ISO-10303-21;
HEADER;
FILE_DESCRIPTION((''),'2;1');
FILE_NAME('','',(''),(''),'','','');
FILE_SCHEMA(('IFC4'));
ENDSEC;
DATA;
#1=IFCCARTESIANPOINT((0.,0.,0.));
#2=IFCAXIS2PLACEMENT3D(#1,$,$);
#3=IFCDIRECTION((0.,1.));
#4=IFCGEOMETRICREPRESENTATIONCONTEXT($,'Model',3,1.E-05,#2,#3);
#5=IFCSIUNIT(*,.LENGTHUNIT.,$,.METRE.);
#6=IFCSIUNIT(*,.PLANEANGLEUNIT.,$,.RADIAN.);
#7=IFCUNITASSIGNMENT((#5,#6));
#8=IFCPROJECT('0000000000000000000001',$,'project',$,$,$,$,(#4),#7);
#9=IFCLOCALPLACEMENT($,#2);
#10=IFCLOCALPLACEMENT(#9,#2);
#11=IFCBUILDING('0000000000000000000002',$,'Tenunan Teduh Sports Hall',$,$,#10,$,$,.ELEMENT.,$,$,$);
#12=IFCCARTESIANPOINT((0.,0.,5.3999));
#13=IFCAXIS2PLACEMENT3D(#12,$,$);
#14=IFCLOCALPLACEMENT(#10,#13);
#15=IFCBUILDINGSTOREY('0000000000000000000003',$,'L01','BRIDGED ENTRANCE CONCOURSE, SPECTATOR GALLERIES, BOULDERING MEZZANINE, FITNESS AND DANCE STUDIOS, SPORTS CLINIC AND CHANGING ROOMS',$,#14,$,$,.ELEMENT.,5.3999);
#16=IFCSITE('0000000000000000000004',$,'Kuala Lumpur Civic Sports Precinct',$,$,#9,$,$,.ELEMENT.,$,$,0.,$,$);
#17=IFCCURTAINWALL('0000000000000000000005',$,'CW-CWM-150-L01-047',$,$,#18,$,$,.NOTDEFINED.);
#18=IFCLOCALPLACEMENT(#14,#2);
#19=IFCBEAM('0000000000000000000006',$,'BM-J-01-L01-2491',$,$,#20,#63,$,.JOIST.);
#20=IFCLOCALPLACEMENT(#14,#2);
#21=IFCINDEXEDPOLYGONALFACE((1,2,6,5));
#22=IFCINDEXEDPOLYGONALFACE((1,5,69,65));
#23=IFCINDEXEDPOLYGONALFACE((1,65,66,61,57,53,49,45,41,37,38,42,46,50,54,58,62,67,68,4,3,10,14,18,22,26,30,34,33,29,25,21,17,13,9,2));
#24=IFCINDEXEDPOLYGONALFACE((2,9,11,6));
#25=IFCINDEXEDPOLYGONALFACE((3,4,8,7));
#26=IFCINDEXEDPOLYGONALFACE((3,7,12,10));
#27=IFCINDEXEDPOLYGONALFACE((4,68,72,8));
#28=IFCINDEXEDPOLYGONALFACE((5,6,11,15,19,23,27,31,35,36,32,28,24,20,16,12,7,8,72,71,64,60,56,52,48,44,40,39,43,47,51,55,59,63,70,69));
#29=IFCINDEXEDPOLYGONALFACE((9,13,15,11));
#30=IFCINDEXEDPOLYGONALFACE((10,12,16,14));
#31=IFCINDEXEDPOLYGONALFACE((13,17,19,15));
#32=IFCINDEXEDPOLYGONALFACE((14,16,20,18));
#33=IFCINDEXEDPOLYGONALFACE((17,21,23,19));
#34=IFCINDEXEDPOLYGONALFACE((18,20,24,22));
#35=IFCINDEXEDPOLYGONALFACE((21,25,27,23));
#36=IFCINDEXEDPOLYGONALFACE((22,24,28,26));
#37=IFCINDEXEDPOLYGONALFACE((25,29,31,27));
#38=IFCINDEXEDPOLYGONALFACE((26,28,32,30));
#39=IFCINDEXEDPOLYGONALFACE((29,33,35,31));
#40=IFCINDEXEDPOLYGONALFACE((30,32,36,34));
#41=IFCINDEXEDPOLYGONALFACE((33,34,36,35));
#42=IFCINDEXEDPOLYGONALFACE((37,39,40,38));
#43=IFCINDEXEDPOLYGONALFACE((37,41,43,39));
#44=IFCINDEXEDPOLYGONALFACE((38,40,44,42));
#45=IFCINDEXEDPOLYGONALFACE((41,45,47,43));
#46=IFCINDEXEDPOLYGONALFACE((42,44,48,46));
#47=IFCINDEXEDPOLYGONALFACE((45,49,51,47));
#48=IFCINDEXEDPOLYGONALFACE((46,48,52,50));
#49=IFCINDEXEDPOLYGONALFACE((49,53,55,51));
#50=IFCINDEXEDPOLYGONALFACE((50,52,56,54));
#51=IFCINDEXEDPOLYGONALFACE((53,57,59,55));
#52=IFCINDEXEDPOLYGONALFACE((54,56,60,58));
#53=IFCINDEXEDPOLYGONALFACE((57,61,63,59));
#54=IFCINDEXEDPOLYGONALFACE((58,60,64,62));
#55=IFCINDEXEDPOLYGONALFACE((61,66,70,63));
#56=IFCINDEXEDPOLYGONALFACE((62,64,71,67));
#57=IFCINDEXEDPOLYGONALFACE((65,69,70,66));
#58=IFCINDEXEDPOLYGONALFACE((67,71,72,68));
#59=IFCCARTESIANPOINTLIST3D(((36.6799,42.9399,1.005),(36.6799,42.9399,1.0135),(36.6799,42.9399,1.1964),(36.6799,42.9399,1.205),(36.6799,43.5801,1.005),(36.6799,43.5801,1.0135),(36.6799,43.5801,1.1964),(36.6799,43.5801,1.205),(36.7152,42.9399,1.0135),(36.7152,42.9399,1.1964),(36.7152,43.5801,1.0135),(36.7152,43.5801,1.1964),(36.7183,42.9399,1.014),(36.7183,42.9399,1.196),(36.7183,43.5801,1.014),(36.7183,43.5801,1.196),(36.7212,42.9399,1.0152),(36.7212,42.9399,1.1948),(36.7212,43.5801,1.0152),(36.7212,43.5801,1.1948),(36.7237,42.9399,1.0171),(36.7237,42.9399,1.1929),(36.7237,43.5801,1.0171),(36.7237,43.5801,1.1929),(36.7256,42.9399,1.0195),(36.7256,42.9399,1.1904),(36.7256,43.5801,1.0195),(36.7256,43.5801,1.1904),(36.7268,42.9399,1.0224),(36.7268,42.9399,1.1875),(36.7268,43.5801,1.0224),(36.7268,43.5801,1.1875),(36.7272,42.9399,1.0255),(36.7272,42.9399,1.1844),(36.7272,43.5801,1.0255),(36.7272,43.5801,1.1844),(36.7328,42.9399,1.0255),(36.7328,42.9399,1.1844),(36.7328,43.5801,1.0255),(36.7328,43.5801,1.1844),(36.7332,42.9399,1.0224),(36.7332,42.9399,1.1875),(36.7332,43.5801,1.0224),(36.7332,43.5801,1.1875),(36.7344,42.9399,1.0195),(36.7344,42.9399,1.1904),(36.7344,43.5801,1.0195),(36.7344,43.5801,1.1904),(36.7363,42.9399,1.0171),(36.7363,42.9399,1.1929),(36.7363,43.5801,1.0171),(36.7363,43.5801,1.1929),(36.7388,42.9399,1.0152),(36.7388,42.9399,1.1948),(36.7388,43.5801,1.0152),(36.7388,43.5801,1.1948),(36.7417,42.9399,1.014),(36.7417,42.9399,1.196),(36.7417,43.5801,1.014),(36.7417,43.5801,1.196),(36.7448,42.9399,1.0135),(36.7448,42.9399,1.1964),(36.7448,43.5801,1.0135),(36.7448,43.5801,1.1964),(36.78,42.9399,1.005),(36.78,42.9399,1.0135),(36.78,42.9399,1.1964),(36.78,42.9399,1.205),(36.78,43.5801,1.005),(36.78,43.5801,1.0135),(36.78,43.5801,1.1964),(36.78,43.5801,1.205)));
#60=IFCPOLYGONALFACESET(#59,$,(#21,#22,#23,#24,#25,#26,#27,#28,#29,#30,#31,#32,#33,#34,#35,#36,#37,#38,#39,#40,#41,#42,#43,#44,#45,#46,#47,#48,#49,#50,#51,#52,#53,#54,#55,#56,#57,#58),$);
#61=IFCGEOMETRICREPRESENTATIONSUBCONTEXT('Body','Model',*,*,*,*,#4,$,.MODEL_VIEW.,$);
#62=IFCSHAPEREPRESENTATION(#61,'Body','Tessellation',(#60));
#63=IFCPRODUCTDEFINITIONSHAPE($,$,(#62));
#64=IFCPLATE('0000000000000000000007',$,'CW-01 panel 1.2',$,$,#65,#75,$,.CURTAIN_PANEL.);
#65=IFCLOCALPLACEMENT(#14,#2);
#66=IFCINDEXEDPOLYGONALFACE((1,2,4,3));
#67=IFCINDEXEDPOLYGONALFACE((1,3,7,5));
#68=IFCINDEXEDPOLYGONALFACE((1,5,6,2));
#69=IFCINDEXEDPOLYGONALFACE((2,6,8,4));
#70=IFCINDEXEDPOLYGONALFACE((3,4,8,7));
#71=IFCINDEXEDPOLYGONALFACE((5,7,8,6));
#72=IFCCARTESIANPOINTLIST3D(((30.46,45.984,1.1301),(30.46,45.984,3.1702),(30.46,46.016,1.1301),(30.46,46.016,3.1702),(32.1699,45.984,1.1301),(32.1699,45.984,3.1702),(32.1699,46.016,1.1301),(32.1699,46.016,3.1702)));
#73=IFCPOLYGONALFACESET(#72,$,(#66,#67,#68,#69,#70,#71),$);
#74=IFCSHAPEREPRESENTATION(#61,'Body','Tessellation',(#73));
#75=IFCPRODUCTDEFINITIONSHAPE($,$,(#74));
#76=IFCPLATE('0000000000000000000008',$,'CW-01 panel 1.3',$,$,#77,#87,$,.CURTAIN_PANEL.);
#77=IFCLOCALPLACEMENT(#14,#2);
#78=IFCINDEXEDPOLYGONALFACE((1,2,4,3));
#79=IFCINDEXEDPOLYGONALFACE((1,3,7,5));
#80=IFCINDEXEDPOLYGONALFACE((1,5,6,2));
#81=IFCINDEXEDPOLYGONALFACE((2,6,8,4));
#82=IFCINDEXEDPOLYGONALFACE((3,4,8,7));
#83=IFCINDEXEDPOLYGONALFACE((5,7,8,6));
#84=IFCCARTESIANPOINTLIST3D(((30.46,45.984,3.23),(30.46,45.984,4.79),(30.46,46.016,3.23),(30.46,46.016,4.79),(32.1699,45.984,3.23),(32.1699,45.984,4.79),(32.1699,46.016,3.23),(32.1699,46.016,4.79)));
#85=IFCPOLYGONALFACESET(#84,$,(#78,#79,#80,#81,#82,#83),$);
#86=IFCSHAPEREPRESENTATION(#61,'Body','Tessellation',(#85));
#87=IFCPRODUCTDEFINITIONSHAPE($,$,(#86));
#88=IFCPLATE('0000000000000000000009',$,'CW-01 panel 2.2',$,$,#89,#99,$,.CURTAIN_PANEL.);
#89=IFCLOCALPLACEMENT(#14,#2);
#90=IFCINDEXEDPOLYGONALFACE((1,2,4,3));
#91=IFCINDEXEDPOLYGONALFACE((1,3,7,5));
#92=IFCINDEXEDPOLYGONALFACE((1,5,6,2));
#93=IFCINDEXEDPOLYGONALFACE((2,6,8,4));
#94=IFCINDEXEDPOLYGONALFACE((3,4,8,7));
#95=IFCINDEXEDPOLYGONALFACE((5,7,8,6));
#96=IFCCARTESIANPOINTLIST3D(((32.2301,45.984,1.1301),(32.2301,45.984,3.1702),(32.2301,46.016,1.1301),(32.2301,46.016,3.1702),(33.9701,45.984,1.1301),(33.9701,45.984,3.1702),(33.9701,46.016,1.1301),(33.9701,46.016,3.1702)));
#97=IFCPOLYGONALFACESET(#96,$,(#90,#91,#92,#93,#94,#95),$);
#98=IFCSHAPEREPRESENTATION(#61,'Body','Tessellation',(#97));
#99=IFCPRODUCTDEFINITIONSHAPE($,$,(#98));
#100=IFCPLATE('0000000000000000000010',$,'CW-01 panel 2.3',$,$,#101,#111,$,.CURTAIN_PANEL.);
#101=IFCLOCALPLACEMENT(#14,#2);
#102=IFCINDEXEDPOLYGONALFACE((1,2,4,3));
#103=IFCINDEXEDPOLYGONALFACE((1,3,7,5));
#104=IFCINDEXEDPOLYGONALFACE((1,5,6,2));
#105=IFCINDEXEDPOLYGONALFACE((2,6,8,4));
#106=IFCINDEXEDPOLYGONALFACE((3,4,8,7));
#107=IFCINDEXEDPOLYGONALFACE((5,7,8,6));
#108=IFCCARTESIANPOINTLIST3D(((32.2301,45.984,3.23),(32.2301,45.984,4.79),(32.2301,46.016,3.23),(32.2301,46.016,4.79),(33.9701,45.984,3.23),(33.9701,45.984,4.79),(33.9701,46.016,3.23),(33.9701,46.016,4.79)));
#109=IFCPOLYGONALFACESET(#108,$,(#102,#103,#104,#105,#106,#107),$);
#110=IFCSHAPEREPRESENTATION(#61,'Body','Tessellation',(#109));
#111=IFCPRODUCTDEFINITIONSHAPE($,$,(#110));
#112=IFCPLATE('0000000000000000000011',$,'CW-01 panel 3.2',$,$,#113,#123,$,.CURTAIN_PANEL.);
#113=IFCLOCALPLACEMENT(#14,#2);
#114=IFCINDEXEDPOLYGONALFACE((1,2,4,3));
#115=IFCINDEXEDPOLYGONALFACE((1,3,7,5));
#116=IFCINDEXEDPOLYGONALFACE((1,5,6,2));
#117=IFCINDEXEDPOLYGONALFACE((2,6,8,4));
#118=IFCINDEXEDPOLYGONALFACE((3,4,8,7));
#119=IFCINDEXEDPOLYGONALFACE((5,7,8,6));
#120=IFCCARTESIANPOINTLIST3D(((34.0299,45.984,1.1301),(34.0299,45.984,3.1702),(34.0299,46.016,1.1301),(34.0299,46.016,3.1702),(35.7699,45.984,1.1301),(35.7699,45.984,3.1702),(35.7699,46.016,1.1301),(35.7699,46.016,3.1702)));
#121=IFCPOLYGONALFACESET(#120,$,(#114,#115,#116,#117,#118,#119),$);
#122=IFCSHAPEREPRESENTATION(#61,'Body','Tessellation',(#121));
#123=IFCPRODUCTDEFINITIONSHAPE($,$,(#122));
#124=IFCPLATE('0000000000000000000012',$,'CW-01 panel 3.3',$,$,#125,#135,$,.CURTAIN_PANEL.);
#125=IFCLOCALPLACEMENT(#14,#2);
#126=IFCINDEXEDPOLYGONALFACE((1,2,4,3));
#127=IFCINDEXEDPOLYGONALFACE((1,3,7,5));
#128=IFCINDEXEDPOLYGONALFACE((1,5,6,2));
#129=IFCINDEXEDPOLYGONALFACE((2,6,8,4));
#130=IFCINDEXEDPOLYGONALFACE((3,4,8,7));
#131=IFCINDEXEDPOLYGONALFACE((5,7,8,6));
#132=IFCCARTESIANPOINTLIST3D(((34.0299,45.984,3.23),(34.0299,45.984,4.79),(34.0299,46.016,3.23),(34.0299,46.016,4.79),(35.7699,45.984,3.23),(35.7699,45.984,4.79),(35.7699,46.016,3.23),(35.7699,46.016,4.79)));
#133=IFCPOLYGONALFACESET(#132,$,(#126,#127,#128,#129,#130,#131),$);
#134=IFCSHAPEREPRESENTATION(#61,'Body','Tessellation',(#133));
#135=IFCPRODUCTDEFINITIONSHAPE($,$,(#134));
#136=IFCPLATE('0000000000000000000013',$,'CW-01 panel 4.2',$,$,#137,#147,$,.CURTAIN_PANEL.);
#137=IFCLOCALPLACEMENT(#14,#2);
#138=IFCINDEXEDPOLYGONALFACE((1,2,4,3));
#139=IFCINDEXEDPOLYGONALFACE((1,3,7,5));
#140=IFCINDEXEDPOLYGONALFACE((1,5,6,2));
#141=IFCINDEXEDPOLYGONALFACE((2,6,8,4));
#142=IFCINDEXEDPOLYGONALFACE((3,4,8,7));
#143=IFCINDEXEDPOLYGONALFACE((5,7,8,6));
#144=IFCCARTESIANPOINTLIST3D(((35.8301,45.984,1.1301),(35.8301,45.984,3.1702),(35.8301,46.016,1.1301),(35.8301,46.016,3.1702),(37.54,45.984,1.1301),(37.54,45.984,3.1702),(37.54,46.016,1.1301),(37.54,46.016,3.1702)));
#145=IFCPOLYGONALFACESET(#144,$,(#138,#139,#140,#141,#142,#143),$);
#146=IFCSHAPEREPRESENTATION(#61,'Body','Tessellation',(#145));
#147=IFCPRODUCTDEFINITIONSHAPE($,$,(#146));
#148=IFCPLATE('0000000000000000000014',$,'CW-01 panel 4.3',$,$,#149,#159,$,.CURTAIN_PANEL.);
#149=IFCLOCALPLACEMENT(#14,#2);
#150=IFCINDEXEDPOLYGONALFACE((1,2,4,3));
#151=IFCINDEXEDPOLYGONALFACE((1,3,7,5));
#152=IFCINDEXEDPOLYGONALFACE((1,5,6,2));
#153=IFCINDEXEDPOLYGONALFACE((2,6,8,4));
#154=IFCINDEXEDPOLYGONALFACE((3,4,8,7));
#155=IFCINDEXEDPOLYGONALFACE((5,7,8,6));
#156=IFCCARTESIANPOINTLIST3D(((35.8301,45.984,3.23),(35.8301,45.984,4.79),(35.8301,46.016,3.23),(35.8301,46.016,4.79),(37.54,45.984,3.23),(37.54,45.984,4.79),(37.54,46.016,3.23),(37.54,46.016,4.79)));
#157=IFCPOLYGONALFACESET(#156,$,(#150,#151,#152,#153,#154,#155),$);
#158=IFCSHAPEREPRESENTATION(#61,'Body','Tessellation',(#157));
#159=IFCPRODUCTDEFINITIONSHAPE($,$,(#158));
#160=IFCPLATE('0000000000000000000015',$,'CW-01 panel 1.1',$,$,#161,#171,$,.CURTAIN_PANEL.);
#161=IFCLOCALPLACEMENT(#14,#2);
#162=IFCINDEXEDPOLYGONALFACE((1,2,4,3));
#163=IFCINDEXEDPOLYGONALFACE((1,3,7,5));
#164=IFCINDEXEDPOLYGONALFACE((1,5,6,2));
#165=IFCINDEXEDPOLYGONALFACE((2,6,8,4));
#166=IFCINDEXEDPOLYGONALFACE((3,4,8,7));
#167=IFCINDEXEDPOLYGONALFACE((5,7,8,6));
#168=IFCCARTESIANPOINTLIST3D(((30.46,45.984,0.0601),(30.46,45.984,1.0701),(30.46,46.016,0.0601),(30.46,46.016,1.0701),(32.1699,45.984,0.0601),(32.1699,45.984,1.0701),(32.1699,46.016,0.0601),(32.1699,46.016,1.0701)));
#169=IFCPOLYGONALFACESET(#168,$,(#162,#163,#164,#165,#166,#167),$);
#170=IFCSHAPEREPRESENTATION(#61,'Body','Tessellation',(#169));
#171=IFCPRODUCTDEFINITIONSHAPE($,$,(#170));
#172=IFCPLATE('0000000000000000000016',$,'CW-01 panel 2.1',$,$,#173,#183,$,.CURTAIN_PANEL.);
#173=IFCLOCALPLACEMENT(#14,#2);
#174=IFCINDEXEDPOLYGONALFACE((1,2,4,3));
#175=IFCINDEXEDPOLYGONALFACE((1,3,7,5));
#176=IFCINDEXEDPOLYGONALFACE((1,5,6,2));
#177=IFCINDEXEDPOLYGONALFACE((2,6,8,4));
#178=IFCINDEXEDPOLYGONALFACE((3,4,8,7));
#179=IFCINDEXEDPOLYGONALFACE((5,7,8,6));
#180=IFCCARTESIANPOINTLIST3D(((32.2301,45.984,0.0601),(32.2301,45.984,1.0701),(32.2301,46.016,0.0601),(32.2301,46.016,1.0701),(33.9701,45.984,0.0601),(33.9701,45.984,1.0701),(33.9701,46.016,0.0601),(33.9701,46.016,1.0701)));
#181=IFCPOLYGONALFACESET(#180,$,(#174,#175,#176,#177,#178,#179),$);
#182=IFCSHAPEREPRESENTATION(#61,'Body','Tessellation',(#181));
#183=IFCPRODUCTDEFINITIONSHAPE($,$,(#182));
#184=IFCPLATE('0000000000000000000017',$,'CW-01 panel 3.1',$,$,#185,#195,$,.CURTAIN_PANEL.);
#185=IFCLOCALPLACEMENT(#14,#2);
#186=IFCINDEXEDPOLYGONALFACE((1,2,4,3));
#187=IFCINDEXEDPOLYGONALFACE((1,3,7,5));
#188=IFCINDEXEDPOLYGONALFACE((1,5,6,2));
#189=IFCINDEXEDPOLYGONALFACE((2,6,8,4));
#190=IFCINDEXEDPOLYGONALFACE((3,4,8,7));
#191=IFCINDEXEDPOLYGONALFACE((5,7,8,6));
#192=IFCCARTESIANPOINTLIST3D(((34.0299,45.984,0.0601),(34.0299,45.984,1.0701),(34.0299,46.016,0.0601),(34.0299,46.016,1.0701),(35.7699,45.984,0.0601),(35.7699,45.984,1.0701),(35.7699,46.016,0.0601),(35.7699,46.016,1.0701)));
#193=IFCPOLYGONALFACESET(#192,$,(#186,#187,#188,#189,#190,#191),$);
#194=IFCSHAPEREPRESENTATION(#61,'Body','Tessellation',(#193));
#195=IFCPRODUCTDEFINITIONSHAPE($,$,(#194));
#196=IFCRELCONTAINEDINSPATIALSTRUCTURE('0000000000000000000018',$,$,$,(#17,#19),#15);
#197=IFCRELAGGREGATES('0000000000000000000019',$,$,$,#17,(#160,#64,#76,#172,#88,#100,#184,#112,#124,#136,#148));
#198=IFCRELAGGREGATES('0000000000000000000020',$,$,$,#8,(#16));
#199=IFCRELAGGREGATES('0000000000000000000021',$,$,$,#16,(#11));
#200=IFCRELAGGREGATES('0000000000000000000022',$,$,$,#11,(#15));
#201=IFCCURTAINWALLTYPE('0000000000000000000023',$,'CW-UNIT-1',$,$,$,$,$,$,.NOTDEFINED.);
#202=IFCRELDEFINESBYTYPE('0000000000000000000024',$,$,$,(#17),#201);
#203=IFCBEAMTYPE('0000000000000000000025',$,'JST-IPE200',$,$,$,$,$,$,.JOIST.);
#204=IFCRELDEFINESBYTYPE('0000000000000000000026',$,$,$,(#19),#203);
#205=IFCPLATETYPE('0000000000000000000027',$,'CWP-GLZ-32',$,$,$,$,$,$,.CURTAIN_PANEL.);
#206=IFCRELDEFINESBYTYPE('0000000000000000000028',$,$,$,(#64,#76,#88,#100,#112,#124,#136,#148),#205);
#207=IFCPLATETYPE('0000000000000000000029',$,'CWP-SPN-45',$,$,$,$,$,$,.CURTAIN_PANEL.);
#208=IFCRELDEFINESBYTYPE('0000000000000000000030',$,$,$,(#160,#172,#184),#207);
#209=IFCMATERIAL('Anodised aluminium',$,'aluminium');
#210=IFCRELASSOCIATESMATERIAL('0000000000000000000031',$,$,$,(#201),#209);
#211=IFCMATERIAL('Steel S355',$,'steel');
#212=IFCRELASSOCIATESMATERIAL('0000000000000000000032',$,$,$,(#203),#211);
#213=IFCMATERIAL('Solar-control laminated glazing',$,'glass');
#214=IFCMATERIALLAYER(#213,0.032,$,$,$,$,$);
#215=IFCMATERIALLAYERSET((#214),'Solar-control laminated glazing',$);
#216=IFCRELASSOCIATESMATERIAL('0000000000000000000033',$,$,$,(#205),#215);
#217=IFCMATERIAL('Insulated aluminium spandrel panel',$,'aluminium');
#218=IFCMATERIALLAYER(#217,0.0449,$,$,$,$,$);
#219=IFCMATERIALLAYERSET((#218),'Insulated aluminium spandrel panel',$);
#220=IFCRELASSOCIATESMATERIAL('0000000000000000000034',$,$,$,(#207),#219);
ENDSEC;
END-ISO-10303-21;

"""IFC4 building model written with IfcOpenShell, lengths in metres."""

from ifc_helpers import new_model, si_unit, direction, frame, origin, origin_2d, place, context, subcontext, project, spatial, rectangle, i_section, extrude, material, layer, layer_set, material_profile, profile_set, type_object, element, aggregate, save


model = new_model("IFC4")

# Units and contexts
model_context = context("Model", 3, precision=1e-05, world=origin(), true_north=direction((0.0, 1.0)))
body_context = subcontext(model_context, "Body", "Model", "MODEL_VIEW")
ifc_project = project(units=[si_unit("LENGTHUNIT", "METRE"), si_unit("PLANEANGLEUNIT", "RADIAN")], contexts=[model_context])

# Site, building, storey
site_placement = place(None, origin())
site = spatial("IfcSite", under=ifc_project, at=site_placement, Name="Kuala Lumpur Civic Sports Precinct", CompositionType="ELEMENT", RefElevation=0.0)
building_placement = place(site_placement, origin())
building = spatial("IfcBuilding", under=site, at=building_placement, Name="Tenunan Teduh Sports Hall", CompositionType="ELEMENT")
storey_placement = place(building_placement, frame((0.0, 0.0, 5.3999)))
storey = spatial("IfcBuildingStorey", under=building, at=storey_placement, Name="L01", Description="BRIDGED ENTRANCE CONCOURSE, SPECTATOR GALLERIES, BOULDERING MEZZANINE, FITNESS AND DANCE STUDIOS, SPORTS CLINIC AND CHANGING ROOMS", CompositionType="ELEMENT", Elevation=5.3999)

# Curtain wall
ifc_material_1 = material(Name="Anodised aluminium", Category="aluminium")
curtain_wall_type = type_object("IfcCurtainWallType", Name="CW-UNIT-1", PredefinedType="NOTDEFINED", material=ifc_material_1)
curtain_wall_placement = place(storey_placement, origin())
curtain_wall = element("IfcCurtainWall", 1, at=curtain_wall_placement, inside=storey, type_object=curtain_wall_type, Name="CW-CWM-150-L01-047", PredefinedType="NOTDEFINED")

# Beam
ifc_material_2 = material(Name="Steel S355", Category="steel")
ifc_material_profile_1 = material_profile(ifc_material_2, i_section(OverallWidth=0.1001, OverallDepth=0.2, WebThickness=0.0056, FlangeThickness=0.0085, FilletRadius=0.012, at=origin_2d()), Name="IPE 200")
ifc_profile_set_1 = profile_set([ifc_material_profile_1], Name="Steel S355")
beam_type = type_object("IfcBeamType", Name="JST-IPE200", PredefinedType="JOIST", material=ifc_profile_set_1)
beam_1_placement = place(storey_placement, frame((36.73, 42.9399, 1.105), z_axis=(0.0, 1.0, 0.0), x_axis=(-1.0, 0.0, 0.0)))
element("IfcBeam", 2, at=beam_1_placement, inside=storey, type_object=beam_type, Name="BM-J-01-L01-2491", PredefinedType="JOIST", context=body_context, shape_type="SweptSolid", body=[
    extrude(i_section(OverallWidth=0.1001, OverallDepth=0.2, WebThickness=0.0056, FlangeThickness=0.0085, FilletRadius=0.012, at=origin_2d()), origin(), (0.0, 0.0, 1.0), 0.6401),
])

# Plates
ifc_material_3 = material(Name="Solar-control laminated glazing", Category="glass")
ifc_layer_1 = layer(ifc_material_3, 0.032)
ifc_layer_set_1 = layer_set([ifc_layer_1], Name="Solar-control laminated glazing")
plate_type_1 = type_object("IfcPlateType", Name="CWP-GLZ-32", PredefinedType="CURTAIN_PANEL", material=ifc_layer_set_1)
plate_1_placement = place(storey_placement, frame((31.3149, 46.0, 1.1301), z_axis=(0.0, 0.0, 1.0), x_axis=(1.0, 0.0, 0.0)))
plate_1 = element("IfcPlate", 3, at=plate_1_placement, type_object=plate_type_1, Name="CW-01 panel 1.2", PredefinedType="CURTAIN_PANEL", context=body_context, shape_type="SweptSolid", body=[
    extrude(rectangle(XDim=1.71, YDim=0.032, at=origin_2d()), origin(), (0.0, 0.0, 1.0), 2.04),
])
plate_2_placement = place(storey_placement, frame((31.3149, 46.0, 3.23), z_axis=(0.0, 0.0, 1.0), x_axis=(1.0, 0.0, 0.0)))
plate_2 = element("IfcPlate", 4, at=plate_2_placement, type_object=plate_type_1, Name="CW-01 panel 1.3", PredefinedType="CURTAIN_PANEL", context=body_context, shape_type="SweptSolid", body=[
    extrude(rectangle(XDim=1.71, YDim=0.032, at=origin_2d()), origin(), (0.0, 0.0, 1.0), 1.5601),
])
plate_3_placement = place(storey_placement, frame((33.1001, 46.0, 1.1301), z_axis=(0.0, 0.0, 1.0), x_axis=(1.0, 0.0, 0.0)))
plate_3 = element("IfcPlate", 5, at=plate_3_placement, type_object=plate_type_1, Name="CW-01 panel 2.2", PredefinedType="CURTAIN_PANEL", context=body_context, shape_type="SweptSolid", body=[
    extrude(rectangle(XDim=1.74, YDim=0.032, at=origin_2d()), origin(), (0.0, 0.0, 1.0), 2.04),
])
plate_4_placement = place(storey_placement, frame((33.1001, 46.0, 3.23), z_axis=(0.0, 0.0, 1.0), x_axis=(1.0, 0.0, 0.0)))
plate_4 = element("IfcPlate", 6, at=plate_4_placement, type_object=plate_type_1, Name="CW-01 panel 2.3", PredefinedType="CURTAIN_PANEL", context=body_context, shape_type="SweptSolid", body=[
    extrude(rectangle(XDim=1.74, YDim=0.032, at=origin_2d()), origin(), (0.0, 0.0, 1.0), 1.5601),
])
plate_5_placement = place(storey_placement, frame((34.8999, 46.0, 1.1301), z_axis=(0.0, 0.0, 1.0), x_axis=(1.0, 0.0, 0.0)))
plate_5 = element("IfcPlate", 7, at=plate_5_placement, type_object=plate_type_1, Name="CW-01 panel 3.2", PredefinedType="CURTAIN_PANEL", context=body_context, shape_type="SweptSolid", body=[
    extrude(rectangle(XDim=1.74, YDim=0.032, at=origin_2d()), origin(), (0.0, 0.0, 1.0), 2.04),
])
plate_6_placement = place(storey_placement, frame((34.8999, 46.0, 3.23), z_axis=(0.0, 0.0, 1.0), x_axis=(1.0, 0.0, 0.0)))
plate_6 = element("IfcPlate", 8, at=plate_6_placement, type_object=plate_type_1, Name="CW-01 panel 3.3", PredefinedType="CURTAIN_PANEL", context=body_context, shape_type="SweptSolid", body=[
    extrude(rectangle(XDim=1.74, YDim=0.032, at=origin_2d()), origin(), (0.0, 0.0, 1.0), 1.5601),
])
plate_7_placement = place(storey_placement, frame((36.6851, 46.0, 1.1301), z_axis=(0.0, 0.0, 1.0), x_axis=(1.0, 0.0, 0.0)))
plate_7 = element("IfcPlate", 9, at=plate_7_placement, type_object=plate_type_1, Name="CW-01 panel 4.2", PredefinedType="CURTAIN_PANEL", context=body_context, shape_type="SweptSolid", body=[
    extrude(rectangle(XDim=1.71, YDim=0.032, at=origin_2d()), origin(), (0.0, 0.0, 1.0), 2.04),
])
plate_8_placement = place(storey_placement, frame((36.6851, 46.0, 3.23), z_axis=(0.0, 0.0, 1.0), x_axis=(1.0, 0.0, 0.0)))
plate_8 = element("IfcPlate", 10, at=plate_8_placement, type_object=plate_type_1, Name="CW-01 panel 4.3", PredefinedType="CURTAIN_PANEL", context=body_context, shape_type="SweptSolid", body=[
    extrude(rectangle(XDim=1.71, YDim=0.032, at=origin_2d()), origin(), (0.0, 0.0, 1.0), 1.5601),
])
ifc_material_4 = material(Name="Insulated aluminium spandrel panel", Category="aluminium")
ifc_layer_2 = layer(ifc_material_4, 0.0449)
ifc_layer_set_2 = layer_set([ifc_layer_2], Name="Insulated aluminium spandrel panel")
plate_type_2 = type_object("IfcPlateType", Name="CWP-SPN-45", PredefinedType="CURTAIN_PANEL", material=ifc_layer_set_2)
plate_9_placement = place(storey_placement, frame((31.3149, 46.0, 0.0601), z_axis=(0.0, 0.0, 1.0), x_axis=(1.0, 0.0, 0.0)))
plate_9 = element("IfcPlate", 11, at=plate_9_placement, type_object=plate_type_2, Name="CW-01 panel 1.1", PredefinedType="CURTAIN_PANEL", context=body_context, shape_type="SweptSolid", body=[
    extrude(rectangle(XDim=1.71, YDim=0.032, at=origin_2d()), origin(), (0.0, 0.0, 1.0), 1.01),
])
plate_10_placement = place(storey_placement, frame((33.1001, 46.0, 0.0601), z_axis=(0.0, 0.0, 1.0), x_axis=(1.0, 0.0, 0.0)))
plate_10 = element("IfcPlate", 12, at=plate_10_placement, type_object=plate_type_2, Name="CW-01 panel 2.1", PredefinedType="CURTAIN_PANEL", context=body_context, shape_type="SweptSolid", body=[
    extrude(rectangle(XDim=1.74, YDim=0.032, at=origin_2d()), origin(), (0.0, 0.0, 1.0), 1.01),
])
plate_11_placement = place(storey_placement, frame((34.8999, 46.0, 0.0601), z_axis=(0.0, 0.0, 1.0), x_axis=(1.0, 0.0, 0.0)))
plate_11 = element("IfcPlate", 13, at=plate_11_placement, type_object=plate_type_2, Name="CW-01 panel 3.1", PredefinedType="CURTAIN_PANEL", context=body_context, shape_type="SweptSolid", body=[
    extrude(rectangle(XDim=1.74, YDim=0.032, at=origin_2d()), origin(), (0.0, 0.0, 1.0), 1.01),
])
aggregate(curtain_wall, [plate_9, plate_1, plate_2, plate_10, plate_3, plate_4, plate_11, plate_5, plate_6, plate_7, plate_8])

save(model, "model.ifc")
